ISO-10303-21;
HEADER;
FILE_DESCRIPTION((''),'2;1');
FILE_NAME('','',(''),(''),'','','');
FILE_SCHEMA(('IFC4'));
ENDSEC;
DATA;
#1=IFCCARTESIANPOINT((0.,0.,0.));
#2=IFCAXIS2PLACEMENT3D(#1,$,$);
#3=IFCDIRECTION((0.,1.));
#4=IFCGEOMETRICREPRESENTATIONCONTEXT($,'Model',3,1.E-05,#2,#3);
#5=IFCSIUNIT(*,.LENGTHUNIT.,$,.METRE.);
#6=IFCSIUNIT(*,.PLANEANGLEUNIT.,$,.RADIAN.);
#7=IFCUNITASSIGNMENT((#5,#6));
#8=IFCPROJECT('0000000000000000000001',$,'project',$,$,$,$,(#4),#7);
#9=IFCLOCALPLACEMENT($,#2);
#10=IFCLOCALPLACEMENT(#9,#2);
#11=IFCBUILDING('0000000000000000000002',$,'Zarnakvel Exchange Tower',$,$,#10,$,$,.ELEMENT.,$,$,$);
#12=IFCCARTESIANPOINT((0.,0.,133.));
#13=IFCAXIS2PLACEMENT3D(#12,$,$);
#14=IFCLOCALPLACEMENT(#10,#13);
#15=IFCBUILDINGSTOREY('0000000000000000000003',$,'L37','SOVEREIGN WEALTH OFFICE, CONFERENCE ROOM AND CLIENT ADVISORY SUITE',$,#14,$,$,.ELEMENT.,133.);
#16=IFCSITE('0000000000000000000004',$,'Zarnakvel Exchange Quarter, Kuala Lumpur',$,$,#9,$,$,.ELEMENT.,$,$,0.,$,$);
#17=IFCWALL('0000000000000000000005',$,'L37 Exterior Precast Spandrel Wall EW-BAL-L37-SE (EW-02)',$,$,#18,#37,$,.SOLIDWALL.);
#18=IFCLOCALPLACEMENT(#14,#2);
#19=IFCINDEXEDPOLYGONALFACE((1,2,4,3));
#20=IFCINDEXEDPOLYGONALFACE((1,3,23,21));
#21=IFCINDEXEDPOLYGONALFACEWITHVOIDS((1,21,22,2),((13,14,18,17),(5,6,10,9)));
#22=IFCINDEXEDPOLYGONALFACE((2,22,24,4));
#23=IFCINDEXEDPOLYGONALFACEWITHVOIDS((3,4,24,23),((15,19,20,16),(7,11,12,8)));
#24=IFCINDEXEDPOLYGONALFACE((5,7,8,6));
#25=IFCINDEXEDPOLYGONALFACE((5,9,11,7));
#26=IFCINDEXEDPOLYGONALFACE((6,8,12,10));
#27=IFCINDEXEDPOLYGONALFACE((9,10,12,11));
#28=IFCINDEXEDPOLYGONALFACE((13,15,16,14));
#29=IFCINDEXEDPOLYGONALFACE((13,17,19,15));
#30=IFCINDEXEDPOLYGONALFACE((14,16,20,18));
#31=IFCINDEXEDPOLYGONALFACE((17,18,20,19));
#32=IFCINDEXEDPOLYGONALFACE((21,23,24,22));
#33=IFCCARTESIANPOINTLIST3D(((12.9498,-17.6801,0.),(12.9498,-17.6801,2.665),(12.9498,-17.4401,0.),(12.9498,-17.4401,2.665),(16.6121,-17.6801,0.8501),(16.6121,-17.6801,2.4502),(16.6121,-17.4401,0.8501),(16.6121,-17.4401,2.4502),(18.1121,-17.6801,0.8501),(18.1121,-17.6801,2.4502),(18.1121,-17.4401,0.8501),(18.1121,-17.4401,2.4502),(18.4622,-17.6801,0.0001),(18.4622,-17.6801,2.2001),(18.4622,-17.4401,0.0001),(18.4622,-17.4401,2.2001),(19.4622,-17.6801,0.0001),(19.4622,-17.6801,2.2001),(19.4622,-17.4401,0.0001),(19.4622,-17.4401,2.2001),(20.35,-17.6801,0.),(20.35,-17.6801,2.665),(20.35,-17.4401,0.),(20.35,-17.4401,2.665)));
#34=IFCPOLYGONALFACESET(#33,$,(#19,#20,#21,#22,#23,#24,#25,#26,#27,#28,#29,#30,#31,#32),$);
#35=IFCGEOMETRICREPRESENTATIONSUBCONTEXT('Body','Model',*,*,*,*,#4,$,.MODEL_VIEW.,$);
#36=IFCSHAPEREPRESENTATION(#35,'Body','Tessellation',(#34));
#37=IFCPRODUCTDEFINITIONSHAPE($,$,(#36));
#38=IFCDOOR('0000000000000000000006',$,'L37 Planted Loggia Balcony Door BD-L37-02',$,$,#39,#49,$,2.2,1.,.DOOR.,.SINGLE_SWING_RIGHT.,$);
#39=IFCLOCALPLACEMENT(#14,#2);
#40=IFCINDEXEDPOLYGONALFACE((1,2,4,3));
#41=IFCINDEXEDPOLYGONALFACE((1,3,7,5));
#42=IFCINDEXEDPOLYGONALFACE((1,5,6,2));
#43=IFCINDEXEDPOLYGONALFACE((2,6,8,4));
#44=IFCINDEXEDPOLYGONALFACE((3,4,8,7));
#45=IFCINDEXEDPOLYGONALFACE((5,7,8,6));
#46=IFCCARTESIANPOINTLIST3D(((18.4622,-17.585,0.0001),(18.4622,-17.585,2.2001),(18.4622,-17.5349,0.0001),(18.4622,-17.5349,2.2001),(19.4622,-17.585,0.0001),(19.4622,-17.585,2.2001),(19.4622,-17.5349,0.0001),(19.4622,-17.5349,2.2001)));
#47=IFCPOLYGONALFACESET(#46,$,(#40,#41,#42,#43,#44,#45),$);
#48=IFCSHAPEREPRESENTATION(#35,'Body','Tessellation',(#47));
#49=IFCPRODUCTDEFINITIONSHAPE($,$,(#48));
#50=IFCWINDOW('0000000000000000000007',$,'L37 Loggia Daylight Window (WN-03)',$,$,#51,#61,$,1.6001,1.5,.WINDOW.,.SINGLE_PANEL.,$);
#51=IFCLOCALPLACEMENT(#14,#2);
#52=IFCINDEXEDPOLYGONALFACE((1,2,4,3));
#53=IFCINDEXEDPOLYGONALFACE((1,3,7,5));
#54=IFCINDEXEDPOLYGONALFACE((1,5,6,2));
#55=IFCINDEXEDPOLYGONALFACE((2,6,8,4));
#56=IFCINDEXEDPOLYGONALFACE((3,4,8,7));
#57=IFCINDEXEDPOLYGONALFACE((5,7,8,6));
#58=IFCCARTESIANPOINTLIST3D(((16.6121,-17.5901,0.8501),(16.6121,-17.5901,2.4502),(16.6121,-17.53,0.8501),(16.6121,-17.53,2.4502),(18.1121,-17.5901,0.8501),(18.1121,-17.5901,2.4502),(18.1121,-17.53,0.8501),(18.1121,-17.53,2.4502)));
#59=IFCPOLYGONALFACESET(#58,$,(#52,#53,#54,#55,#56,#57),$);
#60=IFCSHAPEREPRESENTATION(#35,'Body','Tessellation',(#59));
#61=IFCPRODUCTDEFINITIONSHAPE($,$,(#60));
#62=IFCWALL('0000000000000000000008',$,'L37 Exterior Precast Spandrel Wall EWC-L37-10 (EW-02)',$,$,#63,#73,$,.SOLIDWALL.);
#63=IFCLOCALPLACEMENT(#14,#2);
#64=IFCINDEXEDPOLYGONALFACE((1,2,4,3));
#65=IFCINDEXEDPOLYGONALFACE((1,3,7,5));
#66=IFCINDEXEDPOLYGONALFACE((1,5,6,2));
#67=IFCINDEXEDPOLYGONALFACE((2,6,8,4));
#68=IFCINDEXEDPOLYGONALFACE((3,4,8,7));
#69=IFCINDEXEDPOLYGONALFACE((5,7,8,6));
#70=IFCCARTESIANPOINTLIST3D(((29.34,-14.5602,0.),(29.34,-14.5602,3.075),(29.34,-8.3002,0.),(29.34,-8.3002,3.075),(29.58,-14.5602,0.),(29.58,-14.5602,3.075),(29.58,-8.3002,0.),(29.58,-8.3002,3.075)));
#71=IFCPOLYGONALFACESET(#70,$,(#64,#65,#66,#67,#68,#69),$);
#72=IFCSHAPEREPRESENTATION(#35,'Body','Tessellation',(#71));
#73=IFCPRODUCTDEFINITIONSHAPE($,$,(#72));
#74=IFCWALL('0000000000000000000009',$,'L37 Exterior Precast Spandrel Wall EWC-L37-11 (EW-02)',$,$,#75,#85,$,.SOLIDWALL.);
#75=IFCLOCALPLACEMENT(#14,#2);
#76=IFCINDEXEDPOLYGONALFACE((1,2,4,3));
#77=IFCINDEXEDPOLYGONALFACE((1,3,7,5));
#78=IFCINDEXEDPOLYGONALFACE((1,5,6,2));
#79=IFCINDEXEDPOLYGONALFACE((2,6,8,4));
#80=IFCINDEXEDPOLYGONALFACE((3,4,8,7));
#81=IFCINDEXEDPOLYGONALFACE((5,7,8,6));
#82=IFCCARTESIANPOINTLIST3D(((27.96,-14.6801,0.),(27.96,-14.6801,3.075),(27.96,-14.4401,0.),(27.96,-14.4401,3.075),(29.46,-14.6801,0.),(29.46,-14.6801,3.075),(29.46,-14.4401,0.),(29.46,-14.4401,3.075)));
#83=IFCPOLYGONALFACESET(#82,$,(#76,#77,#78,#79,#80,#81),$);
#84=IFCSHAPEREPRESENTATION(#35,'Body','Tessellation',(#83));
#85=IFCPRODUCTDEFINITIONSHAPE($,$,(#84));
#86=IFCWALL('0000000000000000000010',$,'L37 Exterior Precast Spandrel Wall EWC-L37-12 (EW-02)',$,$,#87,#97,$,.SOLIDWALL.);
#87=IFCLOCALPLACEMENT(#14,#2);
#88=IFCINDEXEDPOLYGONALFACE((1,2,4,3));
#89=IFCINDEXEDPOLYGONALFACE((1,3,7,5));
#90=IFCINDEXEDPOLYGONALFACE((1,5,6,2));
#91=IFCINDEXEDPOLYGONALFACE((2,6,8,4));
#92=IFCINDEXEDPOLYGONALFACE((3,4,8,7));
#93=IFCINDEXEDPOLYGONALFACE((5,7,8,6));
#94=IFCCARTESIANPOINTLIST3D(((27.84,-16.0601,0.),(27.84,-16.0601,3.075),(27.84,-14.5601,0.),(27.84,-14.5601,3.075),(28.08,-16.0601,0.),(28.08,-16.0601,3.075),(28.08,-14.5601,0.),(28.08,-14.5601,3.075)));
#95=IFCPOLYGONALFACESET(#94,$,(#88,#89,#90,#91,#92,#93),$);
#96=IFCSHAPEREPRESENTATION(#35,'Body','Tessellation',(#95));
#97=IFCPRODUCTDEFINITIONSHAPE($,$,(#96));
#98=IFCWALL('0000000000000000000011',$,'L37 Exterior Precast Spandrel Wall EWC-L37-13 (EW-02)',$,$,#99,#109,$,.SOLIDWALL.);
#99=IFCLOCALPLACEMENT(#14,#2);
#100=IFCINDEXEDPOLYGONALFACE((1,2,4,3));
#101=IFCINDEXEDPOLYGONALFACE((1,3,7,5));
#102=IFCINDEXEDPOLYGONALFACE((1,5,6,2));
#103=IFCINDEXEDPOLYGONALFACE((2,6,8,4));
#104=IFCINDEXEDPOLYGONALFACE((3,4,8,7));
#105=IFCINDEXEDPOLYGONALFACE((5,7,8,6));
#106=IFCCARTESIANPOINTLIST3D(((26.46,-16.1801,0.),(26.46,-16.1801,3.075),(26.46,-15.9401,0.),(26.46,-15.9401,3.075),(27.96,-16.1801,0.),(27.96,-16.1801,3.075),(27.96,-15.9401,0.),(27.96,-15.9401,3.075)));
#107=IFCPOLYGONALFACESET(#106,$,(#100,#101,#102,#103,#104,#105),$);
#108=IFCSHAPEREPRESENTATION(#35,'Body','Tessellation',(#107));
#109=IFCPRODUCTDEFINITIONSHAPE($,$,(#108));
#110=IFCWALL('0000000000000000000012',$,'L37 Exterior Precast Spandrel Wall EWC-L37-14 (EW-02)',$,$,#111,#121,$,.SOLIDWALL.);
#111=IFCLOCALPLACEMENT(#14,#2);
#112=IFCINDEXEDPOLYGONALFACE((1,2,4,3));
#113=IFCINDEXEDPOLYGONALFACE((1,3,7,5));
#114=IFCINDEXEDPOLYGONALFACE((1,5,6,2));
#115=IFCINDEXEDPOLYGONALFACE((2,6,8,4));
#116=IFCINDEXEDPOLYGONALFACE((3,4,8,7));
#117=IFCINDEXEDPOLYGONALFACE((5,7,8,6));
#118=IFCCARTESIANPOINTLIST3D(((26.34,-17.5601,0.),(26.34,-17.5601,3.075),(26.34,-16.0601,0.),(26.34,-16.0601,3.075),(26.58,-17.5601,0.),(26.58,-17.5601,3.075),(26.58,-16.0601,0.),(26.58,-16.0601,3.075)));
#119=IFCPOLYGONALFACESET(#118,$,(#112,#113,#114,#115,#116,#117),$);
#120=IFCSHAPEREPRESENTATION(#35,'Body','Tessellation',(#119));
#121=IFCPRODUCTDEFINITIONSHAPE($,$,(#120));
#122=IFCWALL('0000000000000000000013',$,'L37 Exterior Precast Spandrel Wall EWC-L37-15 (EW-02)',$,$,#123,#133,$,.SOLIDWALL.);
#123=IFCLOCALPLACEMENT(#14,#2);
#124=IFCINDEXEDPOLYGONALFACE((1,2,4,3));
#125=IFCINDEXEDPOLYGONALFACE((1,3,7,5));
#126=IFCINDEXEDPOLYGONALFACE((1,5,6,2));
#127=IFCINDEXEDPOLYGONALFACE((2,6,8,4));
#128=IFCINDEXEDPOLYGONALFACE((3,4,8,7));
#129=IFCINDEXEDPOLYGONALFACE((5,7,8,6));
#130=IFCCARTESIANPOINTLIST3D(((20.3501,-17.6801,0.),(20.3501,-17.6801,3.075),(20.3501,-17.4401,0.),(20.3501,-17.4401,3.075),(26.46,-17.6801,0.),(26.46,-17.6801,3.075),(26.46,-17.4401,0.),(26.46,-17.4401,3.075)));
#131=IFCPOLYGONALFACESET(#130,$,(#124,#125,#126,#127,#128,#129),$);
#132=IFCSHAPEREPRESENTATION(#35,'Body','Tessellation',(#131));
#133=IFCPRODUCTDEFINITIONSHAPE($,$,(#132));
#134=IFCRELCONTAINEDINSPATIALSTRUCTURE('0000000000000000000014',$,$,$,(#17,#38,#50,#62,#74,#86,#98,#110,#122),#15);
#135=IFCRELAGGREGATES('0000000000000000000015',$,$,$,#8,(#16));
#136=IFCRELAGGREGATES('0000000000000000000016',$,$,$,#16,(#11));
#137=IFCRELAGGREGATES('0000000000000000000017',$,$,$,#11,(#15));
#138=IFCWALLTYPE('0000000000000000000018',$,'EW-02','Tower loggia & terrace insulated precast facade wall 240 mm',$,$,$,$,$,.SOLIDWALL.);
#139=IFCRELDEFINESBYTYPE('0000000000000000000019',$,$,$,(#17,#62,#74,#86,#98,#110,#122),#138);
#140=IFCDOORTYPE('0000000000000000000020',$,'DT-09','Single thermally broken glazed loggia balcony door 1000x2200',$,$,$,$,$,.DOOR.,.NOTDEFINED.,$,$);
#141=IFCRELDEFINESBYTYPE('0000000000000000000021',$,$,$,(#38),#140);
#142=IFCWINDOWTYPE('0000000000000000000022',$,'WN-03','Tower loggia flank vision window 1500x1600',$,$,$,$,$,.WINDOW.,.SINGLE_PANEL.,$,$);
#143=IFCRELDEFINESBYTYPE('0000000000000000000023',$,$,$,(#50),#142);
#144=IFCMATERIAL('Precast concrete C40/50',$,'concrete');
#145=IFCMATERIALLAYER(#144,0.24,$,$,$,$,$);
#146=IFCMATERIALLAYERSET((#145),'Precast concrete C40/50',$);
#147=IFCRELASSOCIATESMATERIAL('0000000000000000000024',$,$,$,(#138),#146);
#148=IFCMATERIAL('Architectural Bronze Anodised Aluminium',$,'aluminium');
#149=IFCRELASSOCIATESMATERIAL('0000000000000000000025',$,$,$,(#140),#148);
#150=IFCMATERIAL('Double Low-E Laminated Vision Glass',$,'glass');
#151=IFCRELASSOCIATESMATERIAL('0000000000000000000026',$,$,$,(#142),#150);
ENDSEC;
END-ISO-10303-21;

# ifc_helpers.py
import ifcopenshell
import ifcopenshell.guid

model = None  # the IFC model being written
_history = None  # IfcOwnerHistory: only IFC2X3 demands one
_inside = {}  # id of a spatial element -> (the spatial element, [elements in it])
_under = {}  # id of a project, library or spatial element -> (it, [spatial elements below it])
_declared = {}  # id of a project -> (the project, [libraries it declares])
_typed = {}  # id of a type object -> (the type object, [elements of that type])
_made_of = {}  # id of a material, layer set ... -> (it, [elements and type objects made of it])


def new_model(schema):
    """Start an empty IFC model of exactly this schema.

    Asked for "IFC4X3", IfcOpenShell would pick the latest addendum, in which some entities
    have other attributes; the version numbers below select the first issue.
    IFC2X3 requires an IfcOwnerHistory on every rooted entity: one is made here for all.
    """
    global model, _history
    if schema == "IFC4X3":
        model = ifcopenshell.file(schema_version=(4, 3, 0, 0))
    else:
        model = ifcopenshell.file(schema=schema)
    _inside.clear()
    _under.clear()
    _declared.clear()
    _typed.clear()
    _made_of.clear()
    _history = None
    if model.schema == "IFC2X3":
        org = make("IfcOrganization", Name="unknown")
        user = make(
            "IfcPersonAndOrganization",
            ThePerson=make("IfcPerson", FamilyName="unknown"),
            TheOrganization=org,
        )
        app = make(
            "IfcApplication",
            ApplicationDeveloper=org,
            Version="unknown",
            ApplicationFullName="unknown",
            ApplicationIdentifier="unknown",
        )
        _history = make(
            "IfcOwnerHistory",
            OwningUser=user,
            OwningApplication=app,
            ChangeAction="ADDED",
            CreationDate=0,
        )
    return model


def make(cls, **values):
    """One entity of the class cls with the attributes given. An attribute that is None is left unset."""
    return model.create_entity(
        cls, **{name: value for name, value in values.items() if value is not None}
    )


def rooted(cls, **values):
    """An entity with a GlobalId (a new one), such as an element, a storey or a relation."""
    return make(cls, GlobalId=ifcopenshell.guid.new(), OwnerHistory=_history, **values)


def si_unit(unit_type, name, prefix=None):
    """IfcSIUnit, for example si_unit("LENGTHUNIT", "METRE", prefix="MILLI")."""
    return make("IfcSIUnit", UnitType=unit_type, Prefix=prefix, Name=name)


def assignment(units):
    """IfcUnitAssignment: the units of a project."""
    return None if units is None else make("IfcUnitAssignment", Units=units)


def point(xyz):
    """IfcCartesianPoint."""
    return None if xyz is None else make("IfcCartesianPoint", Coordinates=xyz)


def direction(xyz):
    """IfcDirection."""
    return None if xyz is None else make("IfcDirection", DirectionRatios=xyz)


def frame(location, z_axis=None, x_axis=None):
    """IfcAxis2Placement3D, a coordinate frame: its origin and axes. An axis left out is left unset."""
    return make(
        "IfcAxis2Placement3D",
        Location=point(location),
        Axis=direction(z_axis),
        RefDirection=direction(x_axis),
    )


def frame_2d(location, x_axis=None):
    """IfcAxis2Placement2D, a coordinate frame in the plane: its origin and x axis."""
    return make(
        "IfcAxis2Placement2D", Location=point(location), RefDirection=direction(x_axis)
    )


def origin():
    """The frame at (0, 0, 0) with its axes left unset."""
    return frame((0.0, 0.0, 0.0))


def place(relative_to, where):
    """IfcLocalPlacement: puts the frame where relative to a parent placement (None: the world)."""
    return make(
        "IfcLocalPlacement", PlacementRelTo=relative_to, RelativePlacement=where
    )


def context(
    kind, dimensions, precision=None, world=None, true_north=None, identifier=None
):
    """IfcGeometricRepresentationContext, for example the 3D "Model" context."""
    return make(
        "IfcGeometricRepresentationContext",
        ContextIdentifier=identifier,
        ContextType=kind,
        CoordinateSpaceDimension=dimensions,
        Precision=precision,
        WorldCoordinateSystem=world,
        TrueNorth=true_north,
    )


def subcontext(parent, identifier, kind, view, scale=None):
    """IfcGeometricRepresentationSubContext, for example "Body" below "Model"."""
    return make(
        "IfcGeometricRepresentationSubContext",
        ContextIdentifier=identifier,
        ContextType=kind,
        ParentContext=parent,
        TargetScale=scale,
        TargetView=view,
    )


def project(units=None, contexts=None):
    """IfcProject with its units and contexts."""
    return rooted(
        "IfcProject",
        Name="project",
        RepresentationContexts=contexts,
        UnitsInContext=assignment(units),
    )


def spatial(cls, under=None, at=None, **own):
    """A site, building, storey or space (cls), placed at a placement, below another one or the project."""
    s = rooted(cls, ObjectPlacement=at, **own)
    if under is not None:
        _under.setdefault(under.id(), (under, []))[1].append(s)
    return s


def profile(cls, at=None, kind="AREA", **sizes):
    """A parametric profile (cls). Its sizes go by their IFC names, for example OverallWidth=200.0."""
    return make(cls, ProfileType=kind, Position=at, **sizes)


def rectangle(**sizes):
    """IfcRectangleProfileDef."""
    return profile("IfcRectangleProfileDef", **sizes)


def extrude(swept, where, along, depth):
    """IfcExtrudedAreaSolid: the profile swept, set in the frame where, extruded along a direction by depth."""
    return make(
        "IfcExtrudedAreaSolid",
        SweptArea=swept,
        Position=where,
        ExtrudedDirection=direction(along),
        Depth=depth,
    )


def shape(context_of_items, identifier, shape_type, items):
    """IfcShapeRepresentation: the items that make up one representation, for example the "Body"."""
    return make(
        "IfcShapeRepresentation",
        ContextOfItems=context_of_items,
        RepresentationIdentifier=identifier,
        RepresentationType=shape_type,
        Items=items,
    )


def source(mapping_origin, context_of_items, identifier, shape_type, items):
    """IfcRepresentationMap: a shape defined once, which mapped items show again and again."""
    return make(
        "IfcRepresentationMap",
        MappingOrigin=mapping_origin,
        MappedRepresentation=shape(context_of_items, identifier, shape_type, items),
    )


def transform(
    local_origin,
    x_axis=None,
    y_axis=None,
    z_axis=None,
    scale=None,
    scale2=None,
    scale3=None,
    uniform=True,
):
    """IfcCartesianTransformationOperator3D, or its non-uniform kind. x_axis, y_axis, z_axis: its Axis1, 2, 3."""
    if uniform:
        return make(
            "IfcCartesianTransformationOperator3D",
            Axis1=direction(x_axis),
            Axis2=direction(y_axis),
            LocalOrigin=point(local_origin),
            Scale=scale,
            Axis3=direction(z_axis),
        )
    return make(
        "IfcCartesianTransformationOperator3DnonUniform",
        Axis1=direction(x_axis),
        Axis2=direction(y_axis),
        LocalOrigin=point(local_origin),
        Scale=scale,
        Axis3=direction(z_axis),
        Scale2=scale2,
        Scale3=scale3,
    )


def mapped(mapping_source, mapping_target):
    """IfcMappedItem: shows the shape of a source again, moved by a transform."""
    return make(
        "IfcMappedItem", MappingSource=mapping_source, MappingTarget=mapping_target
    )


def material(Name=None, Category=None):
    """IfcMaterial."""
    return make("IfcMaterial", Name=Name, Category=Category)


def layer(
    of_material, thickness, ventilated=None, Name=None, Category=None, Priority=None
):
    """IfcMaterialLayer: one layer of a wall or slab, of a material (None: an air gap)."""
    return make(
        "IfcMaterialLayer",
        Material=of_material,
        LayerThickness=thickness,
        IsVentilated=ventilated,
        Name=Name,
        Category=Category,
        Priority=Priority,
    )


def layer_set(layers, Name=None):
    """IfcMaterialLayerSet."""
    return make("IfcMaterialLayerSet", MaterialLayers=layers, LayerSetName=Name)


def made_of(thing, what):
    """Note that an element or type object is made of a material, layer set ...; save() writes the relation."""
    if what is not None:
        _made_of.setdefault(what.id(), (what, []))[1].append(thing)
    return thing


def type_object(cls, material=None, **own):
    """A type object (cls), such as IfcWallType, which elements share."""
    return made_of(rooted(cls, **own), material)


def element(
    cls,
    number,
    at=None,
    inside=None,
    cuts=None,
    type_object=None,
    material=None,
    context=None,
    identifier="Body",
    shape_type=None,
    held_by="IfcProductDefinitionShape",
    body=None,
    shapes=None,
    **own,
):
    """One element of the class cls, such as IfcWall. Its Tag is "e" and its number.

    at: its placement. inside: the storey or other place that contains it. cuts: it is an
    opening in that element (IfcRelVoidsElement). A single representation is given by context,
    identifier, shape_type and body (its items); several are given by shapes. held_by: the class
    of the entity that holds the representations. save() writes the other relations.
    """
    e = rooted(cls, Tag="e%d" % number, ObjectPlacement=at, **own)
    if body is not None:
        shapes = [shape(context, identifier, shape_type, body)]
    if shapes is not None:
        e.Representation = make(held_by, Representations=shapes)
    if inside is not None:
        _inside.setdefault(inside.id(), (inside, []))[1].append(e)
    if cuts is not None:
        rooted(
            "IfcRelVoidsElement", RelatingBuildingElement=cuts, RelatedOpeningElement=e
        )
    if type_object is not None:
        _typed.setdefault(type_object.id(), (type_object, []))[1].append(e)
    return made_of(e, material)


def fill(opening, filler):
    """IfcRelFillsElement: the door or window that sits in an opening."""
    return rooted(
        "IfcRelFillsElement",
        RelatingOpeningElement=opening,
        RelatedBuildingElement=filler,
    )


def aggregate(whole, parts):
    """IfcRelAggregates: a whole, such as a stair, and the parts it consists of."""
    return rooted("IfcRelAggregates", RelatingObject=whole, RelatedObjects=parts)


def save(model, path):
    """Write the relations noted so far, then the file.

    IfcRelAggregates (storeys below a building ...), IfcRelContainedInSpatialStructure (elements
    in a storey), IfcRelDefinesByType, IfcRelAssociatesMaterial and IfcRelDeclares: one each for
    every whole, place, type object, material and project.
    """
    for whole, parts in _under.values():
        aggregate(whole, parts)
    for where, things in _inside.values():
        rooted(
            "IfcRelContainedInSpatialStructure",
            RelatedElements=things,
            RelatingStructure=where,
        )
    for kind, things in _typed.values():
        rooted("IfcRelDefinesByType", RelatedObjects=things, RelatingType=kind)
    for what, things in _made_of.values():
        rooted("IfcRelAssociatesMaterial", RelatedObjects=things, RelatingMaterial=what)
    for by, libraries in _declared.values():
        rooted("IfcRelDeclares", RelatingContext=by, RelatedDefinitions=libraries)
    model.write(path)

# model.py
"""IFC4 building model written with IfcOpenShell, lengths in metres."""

from ifc_helpers import new_model, si_unit, direction, frame, frame_2d, origin, place, context, subcontext, project, spatial, rectangle, extrude, source, transform, mapped, material, layer, layer_set, type_object, element, fill, save


model = new_model("IFC4")

# Units and contexts
model_context = context("Model", 3, precision=1e-05, world=origin(), true_north=direction((0.0, 1.0)))
body_context = subcontext(model_context, "Body", "Model", "MODEL_VIEW")
ifc_project = project(units=[si_unit("LENGTHUNIT", "METRE"), si_unit("PLANEANGLEUNIT", "RADIAN")], contexts=[model_context])

# Site, building, storey
site_placement = place(None, origin())
site = spatial("IfcSite", under=ifc_project, at=site_placement, Name="Zarnakvel Exchange Quarter, Kuala Lumpur", CompositionType="ELEMENT", RefElevation=0.0)
building_placement = place(site_placement, origin())
building = spatial("IfcBuilding", under=site, at=building_placement, Name="Zarnakvel Exchange Tower", CompositionType="ELEMENT")
storey_placement = place(building_placement, frame((0.0, 0.0, 133.0)))
storey = spatial("IfcBuildingStorey", under=building, at=storey_placement, Name="L37", Description="SOVEREIGN WEALTH OFFICE, CONFERENCE ROOM AND CLIENT ADVISORY SUITE", CompositionType="ELEMENT", Elevation=133.0)

# Wall, openings, door, window
ifc_material_1 = material(Name="Precast concrete C40/50", Category="concrete")
ifc_layer = layer(ifc_material_1, 0.24)
ifc_layer_set = layer_set([ifc_layer], Name="Precast concrete C40/50")
wall_type = type_object("IfcWallType", Name="EW-02", Description="Tower loggia & terrace insulated precast facade wall 240 mm", PredefinedType="SOLIDWALL", material=ifc_layer_set)
wall_1_placement = place(storey_placement, frame((20.3501, -17.5601, 0.0), z_axis=(0.0, 0.0, 1.0), x_axis=(-1.0, 0.0, 0.0)))
wall_1 = element("IfcWall", 1, at=wall_1_placement, inside=storey, type_object=wall_type, Name="L37 Exterior Precast Spandrel Wall EW-BAL-L37-SE (EW-02)", PredefinedType="SOLIDWALL", context=body_context, shape_type="SweptSolid", body=[
    extrude(rectangle(XDim=7.4001, YDim=0.24, at=frame_2d((3.7002, 0.0))), origin(), (0.0, 0.0, 1.0), 2.665),
])
opening_1_placement = place(wall_1_placement, frame((0.8879, 0.0, 0.0)))
opening_1 = element("IfcOpeningElement", 2, at=opening_1_placement, cuts=wall_1, PredefinedType="OPENING", context=body_context, shape_type="SweptSolid", body=[
    extrude(rectangle(XDim=1.0, YDim=2.2, at=frame_2d((0.5, 1.1001))), frame((0.0, 0.1299, 0.0), z_axis=(0.0, -1.0, 0.0), x_axis=(1.0, 0.0, 0.0)), (0.0, 0.0, 1.0), 0.26),
])
opening_2_placement = place(wall_1_placement, frame((2.238, 0.0, 0.8501)))
opening_2 = element("IfcOpeningElement", 3, at=opening_2_placement, cuts=wall_1, PredefinedType="OPENING", context=body_context, shape_type="SweptSolid", body=[
    extrude(rectangle(XDim=1.5, YDim=1.6001, at=frame_2d((0.75, 0.8))), frame((0.0, 0.1299, 0.0), z_axis=(0.0, -1.0, 0.0), x_axis=(1.0, 0.0, 0.0)), (0.0, 0.0, 1.0), 0.26),
])
ifc_material_2 = material(Name="Architectural Bronze Anodised Aluminium", Category="aluminium")
door_type = type_object("IfcDoorType", Name="DT-09", Description="Single thermally broken glazed loggia balcony door 1000x2200", OperationType="NOTDEFINED", PredefinedType="DOOR", material=ifc_material_2)
shared_shape_1 = source(origin(), body_context, "Body", "SweptSolid", [
    extrude(rectangle(XDim=1.0, YDim=2.2, at=frame_2d((0.5, 1.1001))), frame((0.0, 0.0249, 0.0), z_axis=(0.0, -1.0, 0.0), x_axis=(1.0, 0.0, 0.0)), (0.0, 0.0, 1.0), 0.05),
])
door_placement = place(opening_1_placement, origin())
door = element("IfcDoor", 4, at=door_placement, inside=storey, type_object=door_type, Name="L37 Planted Loggia Balcony Door BD-L37-02", OperationType="SINGLE_SWING_RIGHT", OverallHeight=2.2, OverallWidth=1.0, PredefinedType="DOOR", context=body_context, shape_type="MappedRepresentation", body=[
    mapped(shared_shape_1, transform((0.0, 0.0, 0.0), x_axis=(1.0, 0.0, 0.0), y_axis=(0.0, 1.0, 0.0), z_axis=(0.0, 0.0, 1.0), scale=1.0)),
])
fill(opening_1, door)
ifc_material_3 = material(Name="Double Low-E Laminated Vision Glass", Category="glass")
window_type = type_object("IfcWindowType", Name="WN-03", Description="Tower loggia flank vision window 1500x1600", PartitioningType="SINGLE_PANEL", PredefinedType="WINDOW", material=ifc_material_3)
shared_shape_2 = source(origin(), body_context, "Body", "SweptSolid", [
    extrude(rectangle(XDim=1.5, YDim=1.6001, at=frame_2d((0.75, 0.8))), frame((0.0, 0.03, 0.0), z_axis=(0.0, -1.0, 0.0), x_axis=(1.0, 0.0, 0.0)), (0.0, 0.0, 1.0), 0.0601),
])
window_placement = place(opening_2_placement, origin())
window = element("IfcWindow", 5, at=window_placement, inside=storey, type_object=window_type, Name="L37 Loggia Daylight Window (WN-03)", OverallHeight=1.6001, OverallWidth=1.5, PartitioningType="SINGLE_PANEL", PredefinedType="WINDOW", context=body_context, shape_type="MappedRepresentation", body=[
    mapped(shared_shape_2, transform((0.0, 0.0, 0.0), x_axis=(1.0, 0.0, 0.0), y_axis=(0.0, 1.0, 0.0), z_axis=(0.0, 0.0, 1.0), scale=1.0)),
])
fill(opening_2, window)

# Walls
wall_2_placement = place(storey_placement, frame((29.46, -14.5601, 0.0), z_axis=(0.0, 0.0, 1.0), x_axis=(0.0, 1.0, 0.0)))
element("IfcWall", 6, at=wall_2_placement, inside=storey, type_object=wall_type, Name="L37 Exterior Precast Spandrel Wall EWC-L37-10 (EW-02)", PredefinedType="SOLIDWALL", context=body_context, shape_type="SweptSolid", body=[
    extrude(rectangle(XDim=6.26, YDim=0.24, at=frame_2d((3.1299, 0.0))), origin(), (0.0, 0.0, 1.0), 3.075),
])
for number, where, z_axis, x_axis, name in (
    (7, (27.96, -14.5601, 0.0), (0.0, 0.0, 1.0), (1.0, 0.0, 0.0), "L37 Exterior Precast Spandrel Wall EWC-L37-11 (EW-02)"),
    (8, (27.96, -16.0601, 0.0), (0.0, 0.0, 1.0), (0.0, 1.0, 0.0), "L37 Exterior Precast Spandrel Wall EWC-L37-12 (EW-02)"),
    (9, (26.46, -16.0601, 0.0), (0.0, 0.0, 1.0), (1.0, 0.0, 0.0), "L37 Exterior Precast Spandrel Wall EWC-L37-13 (EW-02)"),
    (10, (26.46, -17.5601, 0.0), (0.0, 0.0, 1.0), (0.0, 1.0, 0.0), "L37 Exterior Precast Spandrel Wall EWC-L37-14 (EW-02)"),
):
    element("IfcWall", number, at=place(storey_placement, frame(where, z_axis=z_axis, x_axis=x_axis)), inside=storey, type_object=wall_type, Name=name, PredefinedType="SOLIDWALL", context=body_context, shape_type="SweptSolid", body=[
        extrude(rectangle(XDim=1.5, YDim=0.24, at=frame_2d((0.75, 0.0))), origin(), (0.0, 0.0, 1.0), 3.075),
    ])
wall_3_placement = place(storey_placement, frame((20.3501, -17.5601, 0.0), z_axis=(0.0, 0.0, 1.0), x_axis=(1.0, 0.0, 0.0)))
element("IfcWall", 11, at=wall_3_placement, inside=storey, type_object=wall_type, Name="L37 Exterior Precast Spandrel Wall EWC-L37-15 (EW-02)", PredefinedType="SOLIDWALL", context=body_context, shape_type="SweptSolid", body=[
    extrude(rectangle(XDim=6.1099, YDim=0.24, at=frame_2d((3.0549, 0.0))), origin(), (0.0, 0.0, 1.0), 3.075),
])

save(model, "model.ifc")
